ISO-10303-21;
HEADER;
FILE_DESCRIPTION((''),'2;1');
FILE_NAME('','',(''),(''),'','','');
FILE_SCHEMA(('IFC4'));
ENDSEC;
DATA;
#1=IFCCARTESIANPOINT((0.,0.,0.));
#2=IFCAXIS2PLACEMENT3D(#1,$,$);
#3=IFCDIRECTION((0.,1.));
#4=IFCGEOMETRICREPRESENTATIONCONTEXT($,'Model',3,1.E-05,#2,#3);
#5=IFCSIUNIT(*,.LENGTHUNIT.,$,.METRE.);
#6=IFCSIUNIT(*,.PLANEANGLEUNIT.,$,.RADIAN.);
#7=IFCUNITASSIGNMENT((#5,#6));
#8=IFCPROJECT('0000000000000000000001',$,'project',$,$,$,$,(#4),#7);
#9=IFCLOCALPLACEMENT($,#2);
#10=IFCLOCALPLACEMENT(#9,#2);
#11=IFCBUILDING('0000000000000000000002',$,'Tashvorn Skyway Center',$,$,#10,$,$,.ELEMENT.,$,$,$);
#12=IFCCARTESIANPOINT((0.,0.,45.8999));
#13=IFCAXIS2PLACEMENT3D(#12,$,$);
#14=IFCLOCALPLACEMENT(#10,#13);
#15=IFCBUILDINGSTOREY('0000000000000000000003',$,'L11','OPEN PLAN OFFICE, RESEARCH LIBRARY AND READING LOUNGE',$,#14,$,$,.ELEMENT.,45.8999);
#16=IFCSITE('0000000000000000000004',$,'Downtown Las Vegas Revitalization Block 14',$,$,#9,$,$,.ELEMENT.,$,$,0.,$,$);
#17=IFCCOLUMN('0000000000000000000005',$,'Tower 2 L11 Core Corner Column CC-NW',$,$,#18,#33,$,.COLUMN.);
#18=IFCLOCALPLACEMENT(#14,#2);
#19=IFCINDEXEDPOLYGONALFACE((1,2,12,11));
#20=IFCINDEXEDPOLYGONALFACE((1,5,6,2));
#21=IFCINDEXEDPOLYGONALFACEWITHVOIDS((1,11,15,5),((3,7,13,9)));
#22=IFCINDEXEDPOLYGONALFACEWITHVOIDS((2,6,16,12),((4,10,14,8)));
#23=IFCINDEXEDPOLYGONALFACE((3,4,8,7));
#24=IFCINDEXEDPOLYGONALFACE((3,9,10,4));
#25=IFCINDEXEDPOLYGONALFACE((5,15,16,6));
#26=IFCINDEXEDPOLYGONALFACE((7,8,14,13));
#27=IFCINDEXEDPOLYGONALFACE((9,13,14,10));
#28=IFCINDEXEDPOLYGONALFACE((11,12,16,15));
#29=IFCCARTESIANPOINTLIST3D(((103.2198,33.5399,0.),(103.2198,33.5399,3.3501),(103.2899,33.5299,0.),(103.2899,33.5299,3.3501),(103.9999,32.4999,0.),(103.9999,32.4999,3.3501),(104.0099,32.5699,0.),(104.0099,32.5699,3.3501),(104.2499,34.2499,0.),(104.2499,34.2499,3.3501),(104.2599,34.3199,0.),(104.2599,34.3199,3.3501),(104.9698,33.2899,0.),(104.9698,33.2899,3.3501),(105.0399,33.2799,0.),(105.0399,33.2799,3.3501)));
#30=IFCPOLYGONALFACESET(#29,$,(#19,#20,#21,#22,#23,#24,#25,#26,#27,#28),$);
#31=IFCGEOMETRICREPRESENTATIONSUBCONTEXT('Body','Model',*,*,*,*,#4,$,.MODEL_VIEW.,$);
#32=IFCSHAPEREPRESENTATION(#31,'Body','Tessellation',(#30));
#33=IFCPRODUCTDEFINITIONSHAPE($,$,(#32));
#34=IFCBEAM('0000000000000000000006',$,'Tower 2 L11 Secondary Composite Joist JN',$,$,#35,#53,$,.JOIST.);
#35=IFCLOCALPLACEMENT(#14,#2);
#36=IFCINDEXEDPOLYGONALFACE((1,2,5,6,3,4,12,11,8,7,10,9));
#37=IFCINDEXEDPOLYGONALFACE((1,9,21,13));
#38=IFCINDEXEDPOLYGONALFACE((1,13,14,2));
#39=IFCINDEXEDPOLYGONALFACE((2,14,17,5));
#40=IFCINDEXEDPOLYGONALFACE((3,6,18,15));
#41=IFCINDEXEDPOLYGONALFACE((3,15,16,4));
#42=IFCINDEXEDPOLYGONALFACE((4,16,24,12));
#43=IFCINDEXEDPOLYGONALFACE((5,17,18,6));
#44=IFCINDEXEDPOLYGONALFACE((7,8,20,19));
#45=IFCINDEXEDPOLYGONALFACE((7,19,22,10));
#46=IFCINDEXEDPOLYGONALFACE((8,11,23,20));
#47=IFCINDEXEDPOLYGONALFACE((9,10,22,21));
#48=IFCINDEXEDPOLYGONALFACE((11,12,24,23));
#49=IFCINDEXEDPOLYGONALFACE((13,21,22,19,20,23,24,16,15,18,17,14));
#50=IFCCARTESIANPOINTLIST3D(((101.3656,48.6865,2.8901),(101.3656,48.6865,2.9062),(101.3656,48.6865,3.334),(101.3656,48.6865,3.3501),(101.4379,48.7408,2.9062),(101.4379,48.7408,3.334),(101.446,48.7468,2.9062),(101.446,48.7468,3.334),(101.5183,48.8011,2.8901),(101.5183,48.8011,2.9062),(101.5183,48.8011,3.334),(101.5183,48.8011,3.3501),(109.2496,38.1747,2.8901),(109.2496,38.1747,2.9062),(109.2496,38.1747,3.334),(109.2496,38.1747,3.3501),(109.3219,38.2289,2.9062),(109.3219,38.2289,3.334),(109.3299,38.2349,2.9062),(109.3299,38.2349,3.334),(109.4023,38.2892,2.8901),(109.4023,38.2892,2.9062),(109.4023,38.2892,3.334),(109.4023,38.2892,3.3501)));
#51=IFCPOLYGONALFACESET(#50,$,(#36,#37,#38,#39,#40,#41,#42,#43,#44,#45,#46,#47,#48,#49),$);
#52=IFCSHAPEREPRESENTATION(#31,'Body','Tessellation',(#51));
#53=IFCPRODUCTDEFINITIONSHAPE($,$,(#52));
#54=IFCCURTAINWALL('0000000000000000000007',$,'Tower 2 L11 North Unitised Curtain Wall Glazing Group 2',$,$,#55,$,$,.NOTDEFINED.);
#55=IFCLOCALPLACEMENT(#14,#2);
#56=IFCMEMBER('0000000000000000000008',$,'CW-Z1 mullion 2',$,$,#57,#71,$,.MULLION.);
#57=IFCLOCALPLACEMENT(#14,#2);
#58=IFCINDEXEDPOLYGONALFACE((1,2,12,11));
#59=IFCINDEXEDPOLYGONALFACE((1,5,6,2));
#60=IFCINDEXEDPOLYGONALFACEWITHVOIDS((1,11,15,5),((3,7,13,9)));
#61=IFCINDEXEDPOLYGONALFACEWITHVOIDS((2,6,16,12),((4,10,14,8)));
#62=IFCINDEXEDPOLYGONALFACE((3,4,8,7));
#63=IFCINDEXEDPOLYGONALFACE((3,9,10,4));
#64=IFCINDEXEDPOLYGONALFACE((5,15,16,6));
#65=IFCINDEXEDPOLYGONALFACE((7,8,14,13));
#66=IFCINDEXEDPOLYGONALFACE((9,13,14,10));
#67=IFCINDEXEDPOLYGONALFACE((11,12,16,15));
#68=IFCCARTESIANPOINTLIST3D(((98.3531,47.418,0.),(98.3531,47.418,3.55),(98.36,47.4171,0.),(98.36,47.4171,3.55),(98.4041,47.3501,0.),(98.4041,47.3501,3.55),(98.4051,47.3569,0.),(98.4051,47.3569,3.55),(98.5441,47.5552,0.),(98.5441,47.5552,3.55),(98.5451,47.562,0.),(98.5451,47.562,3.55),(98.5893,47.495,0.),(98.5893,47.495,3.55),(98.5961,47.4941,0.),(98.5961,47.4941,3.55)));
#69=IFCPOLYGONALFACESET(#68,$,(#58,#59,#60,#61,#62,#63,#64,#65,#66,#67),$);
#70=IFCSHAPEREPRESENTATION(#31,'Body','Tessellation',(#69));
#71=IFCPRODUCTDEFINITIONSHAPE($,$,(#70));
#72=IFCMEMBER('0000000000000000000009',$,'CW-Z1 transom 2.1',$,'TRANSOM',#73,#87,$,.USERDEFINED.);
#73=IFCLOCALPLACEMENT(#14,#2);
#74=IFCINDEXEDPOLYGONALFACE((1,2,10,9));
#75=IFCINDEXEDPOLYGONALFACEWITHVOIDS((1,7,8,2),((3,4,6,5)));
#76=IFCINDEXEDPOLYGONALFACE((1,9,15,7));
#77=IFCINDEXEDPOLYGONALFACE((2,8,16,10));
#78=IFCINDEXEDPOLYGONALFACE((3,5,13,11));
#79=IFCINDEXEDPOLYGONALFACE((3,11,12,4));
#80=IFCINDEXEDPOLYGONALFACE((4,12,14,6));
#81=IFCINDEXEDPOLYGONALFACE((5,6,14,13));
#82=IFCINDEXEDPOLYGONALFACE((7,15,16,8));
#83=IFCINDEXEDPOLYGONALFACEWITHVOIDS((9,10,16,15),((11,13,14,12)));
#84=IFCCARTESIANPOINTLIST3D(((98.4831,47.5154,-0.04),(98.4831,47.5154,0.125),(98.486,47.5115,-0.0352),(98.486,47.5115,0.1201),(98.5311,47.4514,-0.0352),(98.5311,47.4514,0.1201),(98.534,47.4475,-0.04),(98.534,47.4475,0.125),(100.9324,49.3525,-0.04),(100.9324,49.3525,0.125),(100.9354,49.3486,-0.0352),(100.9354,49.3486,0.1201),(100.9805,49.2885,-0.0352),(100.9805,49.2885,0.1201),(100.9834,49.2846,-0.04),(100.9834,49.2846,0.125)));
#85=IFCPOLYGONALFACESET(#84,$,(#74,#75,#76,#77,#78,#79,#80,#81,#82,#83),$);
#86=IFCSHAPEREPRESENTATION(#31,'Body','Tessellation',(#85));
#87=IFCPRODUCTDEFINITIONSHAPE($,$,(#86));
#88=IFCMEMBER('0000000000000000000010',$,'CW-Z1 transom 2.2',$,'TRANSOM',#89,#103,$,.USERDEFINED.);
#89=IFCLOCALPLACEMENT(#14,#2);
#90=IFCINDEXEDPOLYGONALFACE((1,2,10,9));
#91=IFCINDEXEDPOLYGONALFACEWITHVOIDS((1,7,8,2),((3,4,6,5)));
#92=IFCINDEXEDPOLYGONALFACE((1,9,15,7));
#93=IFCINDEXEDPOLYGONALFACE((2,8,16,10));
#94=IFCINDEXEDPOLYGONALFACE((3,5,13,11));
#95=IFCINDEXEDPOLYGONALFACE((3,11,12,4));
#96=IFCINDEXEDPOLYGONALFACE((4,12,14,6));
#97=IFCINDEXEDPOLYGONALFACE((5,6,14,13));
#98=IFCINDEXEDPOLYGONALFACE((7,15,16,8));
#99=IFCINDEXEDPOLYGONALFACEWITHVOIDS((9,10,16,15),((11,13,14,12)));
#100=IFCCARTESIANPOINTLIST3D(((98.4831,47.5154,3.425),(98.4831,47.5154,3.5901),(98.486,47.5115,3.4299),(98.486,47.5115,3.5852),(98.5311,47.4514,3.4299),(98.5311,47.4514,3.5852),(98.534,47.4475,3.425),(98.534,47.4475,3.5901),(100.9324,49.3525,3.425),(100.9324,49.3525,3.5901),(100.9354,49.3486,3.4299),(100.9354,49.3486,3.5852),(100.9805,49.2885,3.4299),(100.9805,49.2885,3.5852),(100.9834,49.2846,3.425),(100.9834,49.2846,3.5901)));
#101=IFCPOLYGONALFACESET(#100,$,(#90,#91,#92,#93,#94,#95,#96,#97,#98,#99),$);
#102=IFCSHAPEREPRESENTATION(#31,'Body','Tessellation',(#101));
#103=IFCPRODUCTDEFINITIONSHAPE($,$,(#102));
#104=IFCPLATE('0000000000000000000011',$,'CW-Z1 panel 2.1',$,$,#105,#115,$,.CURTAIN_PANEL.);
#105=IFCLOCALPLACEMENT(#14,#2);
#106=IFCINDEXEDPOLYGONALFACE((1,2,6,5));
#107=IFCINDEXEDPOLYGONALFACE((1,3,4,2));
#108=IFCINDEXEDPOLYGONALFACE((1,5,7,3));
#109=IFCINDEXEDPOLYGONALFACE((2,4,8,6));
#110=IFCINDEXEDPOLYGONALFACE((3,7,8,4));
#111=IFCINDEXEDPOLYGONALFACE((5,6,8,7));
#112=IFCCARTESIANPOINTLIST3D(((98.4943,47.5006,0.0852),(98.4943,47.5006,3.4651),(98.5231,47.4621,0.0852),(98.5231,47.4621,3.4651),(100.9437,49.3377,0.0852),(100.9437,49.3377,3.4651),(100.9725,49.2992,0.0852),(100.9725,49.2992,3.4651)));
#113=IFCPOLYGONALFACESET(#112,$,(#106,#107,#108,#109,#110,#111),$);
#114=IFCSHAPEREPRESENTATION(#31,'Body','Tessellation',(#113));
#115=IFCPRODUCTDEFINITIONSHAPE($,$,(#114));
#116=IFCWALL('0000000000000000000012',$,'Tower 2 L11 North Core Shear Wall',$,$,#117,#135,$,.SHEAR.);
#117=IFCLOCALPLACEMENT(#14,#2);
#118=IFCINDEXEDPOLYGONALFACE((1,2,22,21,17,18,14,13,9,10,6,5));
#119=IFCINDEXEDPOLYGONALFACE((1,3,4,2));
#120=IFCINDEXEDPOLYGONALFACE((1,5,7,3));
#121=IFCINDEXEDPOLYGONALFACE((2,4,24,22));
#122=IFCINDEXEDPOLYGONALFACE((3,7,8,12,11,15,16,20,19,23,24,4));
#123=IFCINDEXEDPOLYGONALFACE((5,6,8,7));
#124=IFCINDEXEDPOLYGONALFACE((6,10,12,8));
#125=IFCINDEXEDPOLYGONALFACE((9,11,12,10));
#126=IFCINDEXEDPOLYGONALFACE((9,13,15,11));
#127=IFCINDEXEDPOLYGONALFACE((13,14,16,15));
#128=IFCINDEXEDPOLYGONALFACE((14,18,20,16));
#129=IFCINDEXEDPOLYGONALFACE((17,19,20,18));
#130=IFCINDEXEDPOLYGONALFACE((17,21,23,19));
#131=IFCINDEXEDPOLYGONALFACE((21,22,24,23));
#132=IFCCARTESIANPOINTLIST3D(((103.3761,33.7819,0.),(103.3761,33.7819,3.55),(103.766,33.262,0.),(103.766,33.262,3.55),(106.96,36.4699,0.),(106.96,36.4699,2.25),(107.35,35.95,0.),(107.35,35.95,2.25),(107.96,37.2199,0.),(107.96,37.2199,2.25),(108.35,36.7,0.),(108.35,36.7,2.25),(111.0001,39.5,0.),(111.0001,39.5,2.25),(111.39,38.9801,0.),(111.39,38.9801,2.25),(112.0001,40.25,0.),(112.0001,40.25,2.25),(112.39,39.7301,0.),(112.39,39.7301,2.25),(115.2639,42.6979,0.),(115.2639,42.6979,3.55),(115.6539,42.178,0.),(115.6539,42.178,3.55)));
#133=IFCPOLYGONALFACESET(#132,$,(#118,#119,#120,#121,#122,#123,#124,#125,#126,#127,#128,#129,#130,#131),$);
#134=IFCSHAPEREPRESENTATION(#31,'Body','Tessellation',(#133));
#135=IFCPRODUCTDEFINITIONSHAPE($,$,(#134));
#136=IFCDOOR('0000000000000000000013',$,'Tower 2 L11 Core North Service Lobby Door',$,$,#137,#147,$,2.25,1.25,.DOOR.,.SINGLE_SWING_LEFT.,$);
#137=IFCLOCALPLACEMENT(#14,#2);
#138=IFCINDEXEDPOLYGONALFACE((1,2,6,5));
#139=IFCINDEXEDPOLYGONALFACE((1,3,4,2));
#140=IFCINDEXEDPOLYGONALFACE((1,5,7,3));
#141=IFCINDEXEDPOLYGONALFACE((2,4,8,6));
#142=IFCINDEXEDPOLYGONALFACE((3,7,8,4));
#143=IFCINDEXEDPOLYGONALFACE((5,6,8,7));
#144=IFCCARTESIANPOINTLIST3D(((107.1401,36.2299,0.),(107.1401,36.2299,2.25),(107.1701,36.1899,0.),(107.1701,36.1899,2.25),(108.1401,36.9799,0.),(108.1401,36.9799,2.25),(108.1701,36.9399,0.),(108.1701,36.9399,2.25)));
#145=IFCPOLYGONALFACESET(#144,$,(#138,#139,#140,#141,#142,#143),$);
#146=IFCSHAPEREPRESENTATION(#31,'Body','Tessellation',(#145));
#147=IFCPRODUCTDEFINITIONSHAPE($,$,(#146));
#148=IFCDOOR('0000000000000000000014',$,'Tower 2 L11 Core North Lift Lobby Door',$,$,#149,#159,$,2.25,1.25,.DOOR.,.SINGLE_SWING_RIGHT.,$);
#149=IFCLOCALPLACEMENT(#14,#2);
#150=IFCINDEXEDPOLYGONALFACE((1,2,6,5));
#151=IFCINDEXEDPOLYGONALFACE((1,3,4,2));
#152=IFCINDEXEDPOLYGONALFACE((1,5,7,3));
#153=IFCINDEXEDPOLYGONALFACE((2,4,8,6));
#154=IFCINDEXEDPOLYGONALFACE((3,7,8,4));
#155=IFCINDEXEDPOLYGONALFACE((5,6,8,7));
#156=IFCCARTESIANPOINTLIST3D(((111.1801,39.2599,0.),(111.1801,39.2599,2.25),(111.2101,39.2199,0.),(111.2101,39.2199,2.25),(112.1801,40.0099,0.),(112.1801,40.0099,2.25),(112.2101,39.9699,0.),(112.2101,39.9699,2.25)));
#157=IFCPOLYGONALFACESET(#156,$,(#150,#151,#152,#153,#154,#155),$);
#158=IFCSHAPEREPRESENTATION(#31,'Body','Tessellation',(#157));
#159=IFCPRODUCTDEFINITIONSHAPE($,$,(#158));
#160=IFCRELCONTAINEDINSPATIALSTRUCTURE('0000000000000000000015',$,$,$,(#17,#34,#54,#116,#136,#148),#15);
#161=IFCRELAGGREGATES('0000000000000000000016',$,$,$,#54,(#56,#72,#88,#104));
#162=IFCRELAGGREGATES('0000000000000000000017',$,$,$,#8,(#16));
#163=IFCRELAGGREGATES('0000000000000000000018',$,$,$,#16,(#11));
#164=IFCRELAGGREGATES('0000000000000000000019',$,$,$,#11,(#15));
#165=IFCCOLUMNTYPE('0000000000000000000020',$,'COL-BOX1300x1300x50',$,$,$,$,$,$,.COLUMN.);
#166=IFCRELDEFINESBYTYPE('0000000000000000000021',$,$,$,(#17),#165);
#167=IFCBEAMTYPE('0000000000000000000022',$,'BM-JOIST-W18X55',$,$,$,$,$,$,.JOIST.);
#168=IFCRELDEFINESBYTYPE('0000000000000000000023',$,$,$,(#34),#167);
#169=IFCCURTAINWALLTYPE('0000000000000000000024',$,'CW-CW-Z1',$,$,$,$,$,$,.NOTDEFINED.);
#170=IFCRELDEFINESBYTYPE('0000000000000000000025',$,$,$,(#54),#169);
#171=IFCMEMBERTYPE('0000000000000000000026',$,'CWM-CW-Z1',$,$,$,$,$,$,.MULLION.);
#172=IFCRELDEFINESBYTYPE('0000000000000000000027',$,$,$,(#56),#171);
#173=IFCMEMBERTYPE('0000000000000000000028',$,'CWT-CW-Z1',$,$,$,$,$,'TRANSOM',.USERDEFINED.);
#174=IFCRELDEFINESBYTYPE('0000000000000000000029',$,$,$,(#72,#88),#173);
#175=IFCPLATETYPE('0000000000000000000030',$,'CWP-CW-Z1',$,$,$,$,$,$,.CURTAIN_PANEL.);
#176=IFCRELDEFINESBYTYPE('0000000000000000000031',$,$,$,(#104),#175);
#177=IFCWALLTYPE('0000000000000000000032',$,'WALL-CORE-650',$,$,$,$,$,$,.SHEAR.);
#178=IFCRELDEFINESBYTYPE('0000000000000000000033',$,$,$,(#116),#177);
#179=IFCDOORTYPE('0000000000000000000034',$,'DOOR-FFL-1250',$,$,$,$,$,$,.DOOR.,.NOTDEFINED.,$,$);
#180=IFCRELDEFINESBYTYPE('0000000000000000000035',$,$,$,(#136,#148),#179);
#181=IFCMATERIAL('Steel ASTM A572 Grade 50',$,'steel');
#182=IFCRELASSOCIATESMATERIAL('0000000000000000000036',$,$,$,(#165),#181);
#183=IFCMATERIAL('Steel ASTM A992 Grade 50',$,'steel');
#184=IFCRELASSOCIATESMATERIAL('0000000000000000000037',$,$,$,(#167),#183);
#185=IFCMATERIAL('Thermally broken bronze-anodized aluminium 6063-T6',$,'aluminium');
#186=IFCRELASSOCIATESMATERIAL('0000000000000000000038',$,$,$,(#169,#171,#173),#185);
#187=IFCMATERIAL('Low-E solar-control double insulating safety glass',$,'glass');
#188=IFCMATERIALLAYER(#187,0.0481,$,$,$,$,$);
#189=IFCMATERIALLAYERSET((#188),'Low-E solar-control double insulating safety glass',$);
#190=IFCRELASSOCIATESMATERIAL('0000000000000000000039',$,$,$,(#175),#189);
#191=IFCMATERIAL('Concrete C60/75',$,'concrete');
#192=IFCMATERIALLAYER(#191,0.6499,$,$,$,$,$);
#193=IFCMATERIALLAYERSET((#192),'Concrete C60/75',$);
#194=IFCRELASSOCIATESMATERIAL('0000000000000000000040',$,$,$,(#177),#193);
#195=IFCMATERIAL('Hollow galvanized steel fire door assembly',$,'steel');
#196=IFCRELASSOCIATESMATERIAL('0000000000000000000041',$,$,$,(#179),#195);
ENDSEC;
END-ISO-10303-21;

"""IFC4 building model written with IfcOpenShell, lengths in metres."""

from ifc_helpers import new_model, si_unit, direction, frame, frame_2d, origin, origin_2d, place, context, subcontext, project, spatial, rectangle, hollow_rectangle, i_section, extrude, material, layer, layer_set, material_profile, profile_set, type_object, element, fill, aggregate, save


model = new_model("IFC4")

# Units and contexts
model_context = context("Model", 3, precision=1e-05, world=origin(), true_north=direction((0.0, 1.0)))
body_context = subcontext(model_context, "Body", "Model", "MODEL_VIEW")
ifc_project = project(units=[si_unit("LENGTHUNIT", "METRE"), si_unit("PLANEANGLEUNIT", "RADIAN")], contexts=[model_context])

# Site, building, storey
site_placement = place(None, origin())
site = spatial("IfcSite", under=ifc_project, at=site_placement, Name="Downtown Las Vegas Revitalization Block 14", CompositionType="ELEMENT", RefElevation=0.0)
building_placement = place(site_placement, origin())
building = spatial("IfcBuilding", under=site, at=building_placement, Name="Tashvorn Skyway Center", CompositionType="ELEMENT")
storey_placement = place(building_placement, frame((0.0, 0.0, 45.8999)))
storey = spatial("IfcBuildingStorey", under=building, at=storey_placement, Name="L11", Description="OPEN PLAN OFFICE, RESEARCH LIBRARY AND READING LOUNGE", CompositionType="ELEMENT", Elevation=45.8999)

# Column
ifc_material_1 = material(Name="Steel ASTM A572 Grade 50", Category="steel")
ifc_material_profile_1 = material_profile(ifc_material_1, hollow_rectangle(XDim=1.3, YDim=1.3, WallThickness=0.05, at=origin_2d()), Name="BOX1300x1300x50")
ifc_profile_set_1 = profile_set([ifc_material_profile_1], Name="Steel ASTM A572 Grade 50")
column_type = type_object("IfcColumnType", Name="COL-BOX1300x1300x50", PredefinedType="COLUMN", material=ifc_profile_set_1)
column_placement = place(storey_placement, frame((104.1299, 33.4099, 0.0), z_axis=(0.0, 0.0, 1.0), x_axis=(0.8, 0.6, 0.0)))
element("IfcColumn", 1, at=column_placement, inside=storey, type_object=column_type, Name="Tower 2 L11 Core Corner Column CC-NW", PredefinedType="COLUMN", context=body_context, shape_type="SweptSolid", body=[
    extrude(hollow_rectangle(XDim=1.3, YDim=1.3, WallThickness=0.05, at=origin_2d()), origin(), (0.0, 0.0, 1.0), 3.3501),
])

# Beam
ifc_material_2 = material(Name="Steel ASTM A992 Grade 50", Category="steel")
ifc_material_profile_2 = material_profile(ifc_material_2, i_section(OverallWidth=0.1909, OverallDepth=0.46, WebThickness=0.01, FlangeThickness=0.0161, at=origin_2d()), Name="W18X55")
ifc_profile_set_2 = profile_set([ifc_material_profile_2], Name="Steel ASTM A992 Grade 50")
beam_type = type_object("IfcBeamType", Name="BM-JOIST-W18X55", PredefinedType="JOIST", material=ifc_profile_set_2)
beam_placement = place(storey_placement, frame((109.3259, 38.2319, 3.1201), z_axis=(-0.600003, 0.799998, 0.0), x_axis=(-0.799998, -0.600003, 0.0)))
element("IfcBeam", 2, at=beam_placement, inside=storey, type_object=beam_type, Name="Tower 2 L11 Secondary Composite Joist JN", PredefinedType="JOIST", context=body_context, shape_type="SweptSolid", body=[
    extrude(i_section(OverallWidth=0.1909, OverallDepth=0.46, WebThickness=0.01, FlangeThickness=0.0161, at=origin_2d()), origin(), (0.0, 0.0, 1.0), 13.1399),
])

# Curtain wall, members, plate
ifc_material_3 = material(Name="Thermally broken bronze-anodized aluminium 6063-T6", Category="aluminium")
curtain_wall_type = type_object("IfcCurtainWallType", Name="CW-CW-Z1", PredefinedType="NOTDEFINED", material=ifc_material_3)
curtain_wall_placement = place(storey_placement, origin())
curtain_wall = element("IfcCurtainWall", 3, at=curtain_wall_placement, inside=storey, type_object=curtain_wall_type, Name="Tower 2 L11 North Unitised Curtain Wall Glazing Group 2", PredefinedType="NOTDEFINED")
ifc_material_profile_3 = material_profile(ifc_material_3, hollow_rectangle(XDim=0.085, YDim=0.24, WallThickness=0.0049, at=origin_2d()), Name="ALU-MULL-85x240")
ifc_profile_set_3 = profile_set([ifc_material_profile_3], Name="Thermally broken bronze-anodized aluminium 6063-T6")
member_type_1 = type_object("IfcMemberType", Name="CWM-CW-Z1", PredefinedType="MULLION", material=ifc_profile_set_3)
member_1_placement = place(storey_placement, frame((98.4746, 47.4561, 0.0), z_axis=(0.0, 0.0, 1.0), x_axis=(-0.599997, 0.800002, 0.0)))
member_1 = element("IfcMember", 4, at=member_1_placement, type_object=member_type_1, Name="CW-Z1 mullion 2", PredefinedType="MULLION", context=body_context, shape_type="SweptSolid", body=[
    extrude(hollow_rectangle(XDim=0.085, YDim=0.24, WallThickness=0.0049, at=origin_2d()), origin(), (0.0, 0.0, 1.0), 3.55),
])
ifc_material_profile_4 = material_profile(ifc_material_3, hollow_rectangle(XDim=0.085, YDim=0.165, WallThickness=0.0049, at=origin_2d()), Name="ALU-TRAN-85x165")
ifc_profile_set_4 = profile_set([ifc_material_profile_4], Name="Thermally broken bronze-anodized aluminium 6063-T6")
member_type_2 = type_object("IfcMemberType", Name="CWT-CW-Z1", ElementType="TRANSOM", PredefinedType="USERDEFINED", material=ifc_profile_set_4)
member_2_placement = place(storey_placement, frame((98.5085, 47.4814, 0.0425), z_axis=(0.79999, 0.600013, 0.0), x_axis=(-0.600013, 0.79999, 0.0)))
member_2 = element("IfcMember", 5, at=member_2_placement, type_object=member_type_2, Name="CW-Z1 transom 2.1", ObjectType="TRANSOM", PredefinedType="USERDEFINED", context=body_context, shape_type="SweptSolid", body=[
    extrude(hollow_rectangle(XDim=0.085, YDim=0.165, WallThickness=0.0049, at=origin_2d()), origin(), (0.0, 0.0, 1.0), 3.0618),
])
member_3_placement = place(storey_placement, frame((98.5085, 47.4814, 3.5076), z_axis=(0.79999, 0.600013, 0.0), x_axis=(-0.600013, 0.79999, 0.0)))
member_3 = element("IfcMember", 6, at=member_3_placement, type_object=member_type_2, Name="CW-Z1 transom 2.2", ObjectType="TRANSOM", PredefinedType="USERDEFINED", context=body_context, shape_type="SweptSolid", body=[
    extrude(hollow_rectangle(XDim=0.085, YDim=0.165, WallThickness=0.0049, at=origin_2d()), origin(), (0.0, 0.0, 1.0), 3.0618),
])
ifc_material_4 = material(Name="Low-E solar-control double insulating safety glass", Category="glass")
ifc_layer_1 = layer(ifc_material_4, 0.0481)
ifc_layer_set_1 = layer_set([ifc_layer_1], Name="Low-E solar-control double insulating safety glass")
plate_type = type_object("IfcPlateType", Name="CWP-CW-Z1", PredefinedType="CURTAIN_PANEL", material=ifc_layer_set_1)
plate_placement = place(storey_placement, frame((99.7334, 48.3999, 0.0852), z_axis=(0.0, 0.0, 1.0), x_axis=(0.800002, 0.599997, 0.0)))
plate = element("IfcPlate", 7, at=plate_placement, type_object=plate_type, Name="CW-Z1 panel 2.1", PredefinedType="CURTAIN_PANEL", context=body_context, shape_type="SweptSolid", body=[
    extrude(rectangle(XDim=3.0618, YDim=0.0481, at=origin_2d()), origin(), (0.0, 0.0, 1.0), 3.3799),
])
aggregate(curtain_wall, [member_1, member_2, member_3, plate])

# Wall, openings, doors
ifc_material_5 = material(Name="Concrete C60/75", Category="concrete")
ifc_layer_2 = layer(ifc_material_5, 0.6499)
ifc_layer_set_2 = layer_set([ifc_layer_2], Name="Concrete C60/75")
wall_type_1 = type_object("IfcWallType", Name="WALL-CORE-650", PredefinedType="SHEAR", material=ifc_layer_set_2)
wall_1_placement = place(storey_placement, frame((103.571, 33.522, 0.0), z_axis=(0.0, 0.0, 1.0), x_axis=(0.799998, 0.600003, 0.0)))
wall_1 = element("IfcWall", 8, at=wall_1_placement, inside=storey, type_object=wall_type_1, Name="Tower 2 L11 North Core Shear Wall", PredefinedType="SHEAR", context=body_context, shape_type="SweptSolid", body=[
    extrude(rectangle(XDim=14.8599, YDim=0.6499, at=frame_2d((7.4299, 0.0))), origin(), (0.0, 0.0, 1.0), 3.55),
])
opening_1_placement = place(wall_1_placement, frame((4.48, 0.0, 0.0)))
opening_1 = element("IfcOpeningElement", 9, at=opening_1_placement, cuts=wall_1, PredefinedType="OPENING", context=body_context, shape_type="SweptSolid", body=[
    extrude(rectangle(XDim=1.25, YDim=2.25, at=frame_2d((0.625, 1.125))), frame((0.0, 0.335, 0.0), z_axis=(0.0, -1.0, 0.0), x_axis=(1.0, 0.0, 0.0)), (0.0, 0.0, 1.0), 0.6699),
])
opening_2_placement = place(wall_1_placement, frame((9.53, 0.0, 0.0)))
opening_2 = element("IfcOpeningElement", 10, at=opening_2_placement, cuts=wall_1, PredefinedType="OPENING", context=body_context, shape_type="SweptSolid", body=[
    extrude(rectangle(XDim=1.25, YDim=2.25, at=frame_2d((0.625, 1.125))), frame((0.0, 0.335, 0.0), z_axis=(0.0, -1.0, 0.0), x_axis=(1.0, 0.0, 0.0)), (0.0, 0.0, 1.0), 0.6699),
])
ifc_material_6 = material(Name="Hollow galvanized steel fire door assembly", Category="steel")
door_type_1 = type_object("IfcDoorType", Name="DOOR-FFL-1250", OperationType="NOTDEFINED", PredefinedType="DOOR", material=ifc_material_6)
door_1_placement = place(opening_1_placement, origin())
door_1 = element("IfcDoor", 11, at=door_1_placement, inside=storey, type_object=door_type_1, Name="Tower 2 L11 Core North Service Lobby Door", OperationType="SINGLE_SWING_LEFT", OverallHeight=2.25, OverallWidth=1.25, PredefinedType="DOOR", context=body_context, shape_type="SweptSolid", body=[
    extrude(rectangle(XDim=1.25, YDim=2.25, at=frame_2d((0.625, 1.125))), frame((0.0, 0.0249, 0.0), z_axis=(0.0, -1.0, 0.0), x_axis=(1.0, 0.0, 0.0)), (0.0, 0.0, 1.0), 0.05),
])
fill(opening_1, door_1)
door_2_placement = place(opening_2_placement, origin())
door_2 = element("IfcDoor", 12, at=door_2_placement, inside=storey, type_object=door_type_1, Name="Tower 2 L11 Core North Lift Lobby Door", OperationType="SINGLE_SWING_RIGHT", OverallHeight=2.25, OverallWidth=1.25, PredefinedType="DOOR", context=body_context, shape_type="SweptSolid", body=[
    extrude(rectangle(XDim=1.25, YDim=2.25, at=frame_2d((0.625, 1.125))), frame((0.0, 0.0249, 0.0), z_axis=(0.0, -1.0, 0.0), x_axis=(1.0, 0.0, 0.0)), (0.0, 0.0, 1.0), 0.05),
])
fill(opening_2, door_2)

save(model, "model.ifc")
